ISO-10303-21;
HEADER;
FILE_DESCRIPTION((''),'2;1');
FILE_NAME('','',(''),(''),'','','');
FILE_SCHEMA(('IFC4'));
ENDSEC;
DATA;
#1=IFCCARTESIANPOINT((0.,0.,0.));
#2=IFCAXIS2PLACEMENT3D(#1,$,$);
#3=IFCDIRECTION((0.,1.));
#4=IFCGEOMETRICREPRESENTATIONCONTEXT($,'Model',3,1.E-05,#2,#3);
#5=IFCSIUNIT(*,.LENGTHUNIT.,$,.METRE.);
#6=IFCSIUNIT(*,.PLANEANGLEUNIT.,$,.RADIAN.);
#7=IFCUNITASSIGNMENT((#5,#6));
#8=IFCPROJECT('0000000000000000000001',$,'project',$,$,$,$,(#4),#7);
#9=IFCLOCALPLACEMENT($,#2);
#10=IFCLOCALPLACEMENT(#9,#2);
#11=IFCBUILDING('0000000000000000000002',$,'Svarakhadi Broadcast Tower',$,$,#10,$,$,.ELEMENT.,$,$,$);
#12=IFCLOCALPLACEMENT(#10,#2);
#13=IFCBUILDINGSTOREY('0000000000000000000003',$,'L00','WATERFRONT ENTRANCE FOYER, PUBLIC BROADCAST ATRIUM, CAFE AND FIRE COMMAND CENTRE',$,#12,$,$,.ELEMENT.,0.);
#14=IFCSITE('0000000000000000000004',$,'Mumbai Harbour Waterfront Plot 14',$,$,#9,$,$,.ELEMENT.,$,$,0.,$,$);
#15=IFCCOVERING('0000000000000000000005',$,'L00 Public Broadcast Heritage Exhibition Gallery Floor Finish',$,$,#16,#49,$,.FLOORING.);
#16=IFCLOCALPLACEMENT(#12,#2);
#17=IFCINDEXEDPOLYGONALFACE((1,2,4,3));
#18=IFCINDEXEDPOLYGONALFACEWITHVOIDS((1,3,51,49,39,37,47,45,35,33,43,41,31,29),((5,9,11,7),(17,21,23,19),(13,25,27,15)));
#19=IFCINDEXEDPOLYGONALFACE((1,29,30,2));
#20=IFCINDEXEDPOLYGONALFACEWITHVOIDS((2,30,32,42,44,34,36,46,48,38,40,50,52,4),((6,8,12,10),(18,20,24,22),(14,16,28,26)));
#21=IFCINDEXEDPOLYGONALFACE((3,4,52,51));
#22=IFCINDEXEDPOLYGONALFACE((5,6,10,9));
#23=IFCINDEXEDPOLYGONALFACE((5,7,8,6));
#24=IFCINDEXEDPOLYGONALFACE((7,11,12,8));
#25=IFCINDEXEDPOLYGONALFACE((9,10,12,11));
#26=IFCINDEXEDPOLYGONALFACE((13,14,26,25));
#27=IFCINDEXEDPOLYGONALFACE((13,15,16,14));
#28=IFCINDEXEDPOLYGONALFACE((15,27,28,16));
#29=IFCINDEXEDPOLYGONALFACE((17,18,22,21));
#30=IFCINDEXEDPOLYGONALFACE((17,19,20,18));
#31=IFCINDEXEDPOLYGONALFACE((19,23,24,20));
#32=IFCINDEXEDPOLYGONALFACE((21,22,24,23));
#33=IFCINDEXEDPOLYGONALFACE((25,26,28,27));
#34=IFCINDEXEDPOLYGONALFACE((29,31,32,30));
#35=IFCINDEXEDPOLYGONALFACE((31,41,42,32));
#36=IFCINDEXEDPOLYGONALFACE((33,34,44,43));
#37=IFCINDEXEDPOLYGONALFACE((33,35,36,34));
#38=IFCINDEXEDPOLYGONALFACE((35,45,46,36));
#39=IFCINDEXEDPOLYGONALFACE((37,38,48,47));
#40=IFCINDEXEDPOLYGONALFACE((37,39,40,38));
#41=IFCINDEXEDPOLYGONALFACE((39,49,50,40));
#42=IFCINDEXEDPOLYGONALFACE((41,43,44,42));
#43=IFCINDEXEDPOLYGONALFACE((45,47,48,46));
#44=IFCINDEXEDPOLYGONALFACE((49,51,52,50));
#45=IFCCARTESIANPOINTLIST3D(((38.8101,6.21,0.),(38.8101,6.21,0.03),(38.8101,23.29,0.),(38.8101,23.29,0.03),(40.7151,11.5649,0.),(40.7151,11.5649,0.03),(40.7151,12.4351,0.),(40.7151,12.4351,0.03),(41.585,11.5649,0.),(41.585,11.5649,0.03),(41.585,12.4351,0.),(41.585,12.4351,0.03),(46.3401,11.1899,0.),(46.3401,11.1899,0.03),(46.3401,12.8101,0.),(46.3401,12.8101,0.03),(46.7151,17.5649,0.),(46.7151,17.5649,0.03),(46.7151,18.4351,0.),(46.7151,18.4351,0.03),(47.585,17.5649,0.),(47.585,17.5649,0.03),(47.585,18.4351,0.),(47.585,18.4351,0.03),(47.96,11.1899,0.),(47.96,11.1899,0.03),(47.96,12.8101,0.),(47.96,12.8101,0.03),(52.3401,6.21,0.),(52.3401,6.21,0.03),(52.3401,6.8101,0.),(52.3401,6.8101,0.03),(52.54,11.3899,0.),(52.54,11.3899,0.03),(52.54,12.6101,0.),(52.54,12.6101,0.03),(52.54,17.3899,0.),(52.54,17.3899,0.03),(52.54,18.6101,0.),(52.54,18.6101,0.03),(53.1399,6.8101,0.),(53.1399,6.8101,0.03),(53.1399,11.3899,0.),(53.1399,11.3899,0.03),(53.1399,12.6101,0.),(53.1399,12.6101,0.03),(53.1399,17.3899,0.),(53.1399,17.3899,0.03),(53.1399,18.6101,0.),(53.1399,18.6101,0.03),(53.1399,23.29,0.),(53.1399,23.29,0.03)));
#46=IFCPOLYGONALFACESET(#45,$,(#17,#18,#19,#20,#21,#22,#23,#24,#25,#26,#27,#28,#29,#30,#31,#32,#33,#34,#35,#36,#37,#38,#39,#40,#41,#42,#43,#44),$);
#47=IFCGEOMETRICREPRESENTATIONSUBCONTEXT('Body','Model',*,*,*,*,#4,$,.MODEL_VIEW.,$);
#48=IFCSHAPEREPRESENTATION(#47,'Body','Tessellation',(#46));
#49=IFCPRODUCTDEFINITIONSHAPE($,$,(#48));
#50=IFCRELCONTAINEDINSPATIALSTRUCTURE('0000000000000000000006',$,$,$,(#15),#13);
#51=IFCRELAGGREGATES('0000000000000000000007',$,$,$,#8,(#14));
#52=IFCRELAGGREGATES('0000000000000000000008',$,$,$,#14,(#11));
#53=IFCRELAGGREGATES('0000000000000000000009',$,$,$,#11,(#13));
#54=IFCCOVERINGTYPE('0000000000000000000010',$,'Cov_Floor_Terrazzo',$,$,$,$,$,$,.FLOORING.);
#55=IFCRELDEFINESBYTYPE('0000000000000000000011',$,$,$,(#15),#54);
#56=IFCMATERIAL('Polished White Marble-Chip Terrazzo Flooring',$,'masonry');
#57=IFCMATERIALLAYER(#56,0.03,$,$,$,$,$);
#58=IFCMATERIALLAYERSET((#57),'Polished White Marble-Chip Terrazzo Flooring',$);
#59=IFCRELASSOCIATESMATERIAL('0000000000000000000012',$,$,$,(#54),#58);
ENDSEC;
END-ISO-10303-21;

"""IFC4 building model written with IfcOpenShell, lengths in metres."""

from ifc_helpers import new_model, si_unit, direction, origin, place, context, subcontext, project, spatial, polyline, outline, extrude, material, layer, layer_set, type_object, element, save


model = new_model("IFC4")

# Units and contexts
model_context = context("Model", 3, precision=1e-05, world=origin(), true_north=direction((0.0, 1.0)))
body_context = subcontext(model_context, "Body", "Model", "MODEL_VIEW")
ifc_project = project(units=[si_unit("LENGTHUNIT", "METRE"), si_unit("PLANEANGLEUNIT", "RADIAN")], contexts=[model_context])

# Site, building, storey
site_placement = place(None, origin())
site = spatial("IfcSite", under=ifc_project, at=site_placement, Name="Mumbai Harbour Waterfront Plot 14", CompositionType="ELEMENT", RefElevation=0.0)
building_placement = place(site_placement, origin())
building = spatial("IfcBuilding", under=site, at=building_placement, Name="Svarakhadi Broadcast Tower", CompositionType="ELEMENT")
storey_placement = place(building_placement, origin())
storey = spatial("IfcBuildingStorey", under=building, at=storey_placement, Name="L00", Description="WATERFRONT ENTRANCE FOYER, PUBLIC BROADCAST ATRIUM, CAFE AND FIRE COMMAND CENTRE", CompositionType="ELEMENT", Elevation=0.0)

# Covering
ifc_material_1 = material(Name="Polished White Marble-Chip Terrazzo Flooring", Category="masonry")
ifc_layer_1 = layer(ifc_material_1, 0.03)
ifc_layer_set_1 = layer_set([ifc_layer_1], Name="Polished White Marble-Chip Terrazzo Flooring")
covering_type_1 = type_object("IfcCoveringType", Name="Cov_Floor_Terrazzo", PredefinedType="FLOORING", material=ifc_layer_set_1)
covering_1_placement = place(storey_placement, origin())
element("IfcCovering", 1, at=covering_1_placement, inside=storey, type_object=covering_type_1, Name="L00 Public Broadcast Heritage Exhibition Gallery Floor Finish", PredefinedType="FLOORING", context=body_context, shape_type="SweptSolid", body=[
    extrude(outline(polyline([(53.1399, 23.29), (53.1399, 18.6101), (52.54, 18.6101), (52.54, 17.3899), (53.1399, 17.3899), (53.1399, 12.6101), (52.54, 12.6101), (52.54, 11.3899), (53.1399, 11.3899), (53.1399, 6.8101), (52.3401, 6.8101), (52.3401, 6.21), (38.8101, 6.21), (38.8101, 23.29), (53.1399, 23.29)]), holes=[polyline([(40.7151, 11.5649), (41.585, 11.5649), (41.585, 12.4351), (40.7151, 12.4351), (40.7151, 11.5649)]), polyline([(46.3401, 11.1899), (47.96, 11.1899), (47.96, 12.8101), (46.3401, 12.8101), (46.3401, 11.1899)]), polyline([(46.7151, 17.5649), (47.585, 17.5649), (47.585, 18.4351), (46.7151, 18.4351), (46.7151, 17.5649)])]), origin(), (0.0, 0.0, 1.0), 0.03),
])

save(model, "model.ifc")
